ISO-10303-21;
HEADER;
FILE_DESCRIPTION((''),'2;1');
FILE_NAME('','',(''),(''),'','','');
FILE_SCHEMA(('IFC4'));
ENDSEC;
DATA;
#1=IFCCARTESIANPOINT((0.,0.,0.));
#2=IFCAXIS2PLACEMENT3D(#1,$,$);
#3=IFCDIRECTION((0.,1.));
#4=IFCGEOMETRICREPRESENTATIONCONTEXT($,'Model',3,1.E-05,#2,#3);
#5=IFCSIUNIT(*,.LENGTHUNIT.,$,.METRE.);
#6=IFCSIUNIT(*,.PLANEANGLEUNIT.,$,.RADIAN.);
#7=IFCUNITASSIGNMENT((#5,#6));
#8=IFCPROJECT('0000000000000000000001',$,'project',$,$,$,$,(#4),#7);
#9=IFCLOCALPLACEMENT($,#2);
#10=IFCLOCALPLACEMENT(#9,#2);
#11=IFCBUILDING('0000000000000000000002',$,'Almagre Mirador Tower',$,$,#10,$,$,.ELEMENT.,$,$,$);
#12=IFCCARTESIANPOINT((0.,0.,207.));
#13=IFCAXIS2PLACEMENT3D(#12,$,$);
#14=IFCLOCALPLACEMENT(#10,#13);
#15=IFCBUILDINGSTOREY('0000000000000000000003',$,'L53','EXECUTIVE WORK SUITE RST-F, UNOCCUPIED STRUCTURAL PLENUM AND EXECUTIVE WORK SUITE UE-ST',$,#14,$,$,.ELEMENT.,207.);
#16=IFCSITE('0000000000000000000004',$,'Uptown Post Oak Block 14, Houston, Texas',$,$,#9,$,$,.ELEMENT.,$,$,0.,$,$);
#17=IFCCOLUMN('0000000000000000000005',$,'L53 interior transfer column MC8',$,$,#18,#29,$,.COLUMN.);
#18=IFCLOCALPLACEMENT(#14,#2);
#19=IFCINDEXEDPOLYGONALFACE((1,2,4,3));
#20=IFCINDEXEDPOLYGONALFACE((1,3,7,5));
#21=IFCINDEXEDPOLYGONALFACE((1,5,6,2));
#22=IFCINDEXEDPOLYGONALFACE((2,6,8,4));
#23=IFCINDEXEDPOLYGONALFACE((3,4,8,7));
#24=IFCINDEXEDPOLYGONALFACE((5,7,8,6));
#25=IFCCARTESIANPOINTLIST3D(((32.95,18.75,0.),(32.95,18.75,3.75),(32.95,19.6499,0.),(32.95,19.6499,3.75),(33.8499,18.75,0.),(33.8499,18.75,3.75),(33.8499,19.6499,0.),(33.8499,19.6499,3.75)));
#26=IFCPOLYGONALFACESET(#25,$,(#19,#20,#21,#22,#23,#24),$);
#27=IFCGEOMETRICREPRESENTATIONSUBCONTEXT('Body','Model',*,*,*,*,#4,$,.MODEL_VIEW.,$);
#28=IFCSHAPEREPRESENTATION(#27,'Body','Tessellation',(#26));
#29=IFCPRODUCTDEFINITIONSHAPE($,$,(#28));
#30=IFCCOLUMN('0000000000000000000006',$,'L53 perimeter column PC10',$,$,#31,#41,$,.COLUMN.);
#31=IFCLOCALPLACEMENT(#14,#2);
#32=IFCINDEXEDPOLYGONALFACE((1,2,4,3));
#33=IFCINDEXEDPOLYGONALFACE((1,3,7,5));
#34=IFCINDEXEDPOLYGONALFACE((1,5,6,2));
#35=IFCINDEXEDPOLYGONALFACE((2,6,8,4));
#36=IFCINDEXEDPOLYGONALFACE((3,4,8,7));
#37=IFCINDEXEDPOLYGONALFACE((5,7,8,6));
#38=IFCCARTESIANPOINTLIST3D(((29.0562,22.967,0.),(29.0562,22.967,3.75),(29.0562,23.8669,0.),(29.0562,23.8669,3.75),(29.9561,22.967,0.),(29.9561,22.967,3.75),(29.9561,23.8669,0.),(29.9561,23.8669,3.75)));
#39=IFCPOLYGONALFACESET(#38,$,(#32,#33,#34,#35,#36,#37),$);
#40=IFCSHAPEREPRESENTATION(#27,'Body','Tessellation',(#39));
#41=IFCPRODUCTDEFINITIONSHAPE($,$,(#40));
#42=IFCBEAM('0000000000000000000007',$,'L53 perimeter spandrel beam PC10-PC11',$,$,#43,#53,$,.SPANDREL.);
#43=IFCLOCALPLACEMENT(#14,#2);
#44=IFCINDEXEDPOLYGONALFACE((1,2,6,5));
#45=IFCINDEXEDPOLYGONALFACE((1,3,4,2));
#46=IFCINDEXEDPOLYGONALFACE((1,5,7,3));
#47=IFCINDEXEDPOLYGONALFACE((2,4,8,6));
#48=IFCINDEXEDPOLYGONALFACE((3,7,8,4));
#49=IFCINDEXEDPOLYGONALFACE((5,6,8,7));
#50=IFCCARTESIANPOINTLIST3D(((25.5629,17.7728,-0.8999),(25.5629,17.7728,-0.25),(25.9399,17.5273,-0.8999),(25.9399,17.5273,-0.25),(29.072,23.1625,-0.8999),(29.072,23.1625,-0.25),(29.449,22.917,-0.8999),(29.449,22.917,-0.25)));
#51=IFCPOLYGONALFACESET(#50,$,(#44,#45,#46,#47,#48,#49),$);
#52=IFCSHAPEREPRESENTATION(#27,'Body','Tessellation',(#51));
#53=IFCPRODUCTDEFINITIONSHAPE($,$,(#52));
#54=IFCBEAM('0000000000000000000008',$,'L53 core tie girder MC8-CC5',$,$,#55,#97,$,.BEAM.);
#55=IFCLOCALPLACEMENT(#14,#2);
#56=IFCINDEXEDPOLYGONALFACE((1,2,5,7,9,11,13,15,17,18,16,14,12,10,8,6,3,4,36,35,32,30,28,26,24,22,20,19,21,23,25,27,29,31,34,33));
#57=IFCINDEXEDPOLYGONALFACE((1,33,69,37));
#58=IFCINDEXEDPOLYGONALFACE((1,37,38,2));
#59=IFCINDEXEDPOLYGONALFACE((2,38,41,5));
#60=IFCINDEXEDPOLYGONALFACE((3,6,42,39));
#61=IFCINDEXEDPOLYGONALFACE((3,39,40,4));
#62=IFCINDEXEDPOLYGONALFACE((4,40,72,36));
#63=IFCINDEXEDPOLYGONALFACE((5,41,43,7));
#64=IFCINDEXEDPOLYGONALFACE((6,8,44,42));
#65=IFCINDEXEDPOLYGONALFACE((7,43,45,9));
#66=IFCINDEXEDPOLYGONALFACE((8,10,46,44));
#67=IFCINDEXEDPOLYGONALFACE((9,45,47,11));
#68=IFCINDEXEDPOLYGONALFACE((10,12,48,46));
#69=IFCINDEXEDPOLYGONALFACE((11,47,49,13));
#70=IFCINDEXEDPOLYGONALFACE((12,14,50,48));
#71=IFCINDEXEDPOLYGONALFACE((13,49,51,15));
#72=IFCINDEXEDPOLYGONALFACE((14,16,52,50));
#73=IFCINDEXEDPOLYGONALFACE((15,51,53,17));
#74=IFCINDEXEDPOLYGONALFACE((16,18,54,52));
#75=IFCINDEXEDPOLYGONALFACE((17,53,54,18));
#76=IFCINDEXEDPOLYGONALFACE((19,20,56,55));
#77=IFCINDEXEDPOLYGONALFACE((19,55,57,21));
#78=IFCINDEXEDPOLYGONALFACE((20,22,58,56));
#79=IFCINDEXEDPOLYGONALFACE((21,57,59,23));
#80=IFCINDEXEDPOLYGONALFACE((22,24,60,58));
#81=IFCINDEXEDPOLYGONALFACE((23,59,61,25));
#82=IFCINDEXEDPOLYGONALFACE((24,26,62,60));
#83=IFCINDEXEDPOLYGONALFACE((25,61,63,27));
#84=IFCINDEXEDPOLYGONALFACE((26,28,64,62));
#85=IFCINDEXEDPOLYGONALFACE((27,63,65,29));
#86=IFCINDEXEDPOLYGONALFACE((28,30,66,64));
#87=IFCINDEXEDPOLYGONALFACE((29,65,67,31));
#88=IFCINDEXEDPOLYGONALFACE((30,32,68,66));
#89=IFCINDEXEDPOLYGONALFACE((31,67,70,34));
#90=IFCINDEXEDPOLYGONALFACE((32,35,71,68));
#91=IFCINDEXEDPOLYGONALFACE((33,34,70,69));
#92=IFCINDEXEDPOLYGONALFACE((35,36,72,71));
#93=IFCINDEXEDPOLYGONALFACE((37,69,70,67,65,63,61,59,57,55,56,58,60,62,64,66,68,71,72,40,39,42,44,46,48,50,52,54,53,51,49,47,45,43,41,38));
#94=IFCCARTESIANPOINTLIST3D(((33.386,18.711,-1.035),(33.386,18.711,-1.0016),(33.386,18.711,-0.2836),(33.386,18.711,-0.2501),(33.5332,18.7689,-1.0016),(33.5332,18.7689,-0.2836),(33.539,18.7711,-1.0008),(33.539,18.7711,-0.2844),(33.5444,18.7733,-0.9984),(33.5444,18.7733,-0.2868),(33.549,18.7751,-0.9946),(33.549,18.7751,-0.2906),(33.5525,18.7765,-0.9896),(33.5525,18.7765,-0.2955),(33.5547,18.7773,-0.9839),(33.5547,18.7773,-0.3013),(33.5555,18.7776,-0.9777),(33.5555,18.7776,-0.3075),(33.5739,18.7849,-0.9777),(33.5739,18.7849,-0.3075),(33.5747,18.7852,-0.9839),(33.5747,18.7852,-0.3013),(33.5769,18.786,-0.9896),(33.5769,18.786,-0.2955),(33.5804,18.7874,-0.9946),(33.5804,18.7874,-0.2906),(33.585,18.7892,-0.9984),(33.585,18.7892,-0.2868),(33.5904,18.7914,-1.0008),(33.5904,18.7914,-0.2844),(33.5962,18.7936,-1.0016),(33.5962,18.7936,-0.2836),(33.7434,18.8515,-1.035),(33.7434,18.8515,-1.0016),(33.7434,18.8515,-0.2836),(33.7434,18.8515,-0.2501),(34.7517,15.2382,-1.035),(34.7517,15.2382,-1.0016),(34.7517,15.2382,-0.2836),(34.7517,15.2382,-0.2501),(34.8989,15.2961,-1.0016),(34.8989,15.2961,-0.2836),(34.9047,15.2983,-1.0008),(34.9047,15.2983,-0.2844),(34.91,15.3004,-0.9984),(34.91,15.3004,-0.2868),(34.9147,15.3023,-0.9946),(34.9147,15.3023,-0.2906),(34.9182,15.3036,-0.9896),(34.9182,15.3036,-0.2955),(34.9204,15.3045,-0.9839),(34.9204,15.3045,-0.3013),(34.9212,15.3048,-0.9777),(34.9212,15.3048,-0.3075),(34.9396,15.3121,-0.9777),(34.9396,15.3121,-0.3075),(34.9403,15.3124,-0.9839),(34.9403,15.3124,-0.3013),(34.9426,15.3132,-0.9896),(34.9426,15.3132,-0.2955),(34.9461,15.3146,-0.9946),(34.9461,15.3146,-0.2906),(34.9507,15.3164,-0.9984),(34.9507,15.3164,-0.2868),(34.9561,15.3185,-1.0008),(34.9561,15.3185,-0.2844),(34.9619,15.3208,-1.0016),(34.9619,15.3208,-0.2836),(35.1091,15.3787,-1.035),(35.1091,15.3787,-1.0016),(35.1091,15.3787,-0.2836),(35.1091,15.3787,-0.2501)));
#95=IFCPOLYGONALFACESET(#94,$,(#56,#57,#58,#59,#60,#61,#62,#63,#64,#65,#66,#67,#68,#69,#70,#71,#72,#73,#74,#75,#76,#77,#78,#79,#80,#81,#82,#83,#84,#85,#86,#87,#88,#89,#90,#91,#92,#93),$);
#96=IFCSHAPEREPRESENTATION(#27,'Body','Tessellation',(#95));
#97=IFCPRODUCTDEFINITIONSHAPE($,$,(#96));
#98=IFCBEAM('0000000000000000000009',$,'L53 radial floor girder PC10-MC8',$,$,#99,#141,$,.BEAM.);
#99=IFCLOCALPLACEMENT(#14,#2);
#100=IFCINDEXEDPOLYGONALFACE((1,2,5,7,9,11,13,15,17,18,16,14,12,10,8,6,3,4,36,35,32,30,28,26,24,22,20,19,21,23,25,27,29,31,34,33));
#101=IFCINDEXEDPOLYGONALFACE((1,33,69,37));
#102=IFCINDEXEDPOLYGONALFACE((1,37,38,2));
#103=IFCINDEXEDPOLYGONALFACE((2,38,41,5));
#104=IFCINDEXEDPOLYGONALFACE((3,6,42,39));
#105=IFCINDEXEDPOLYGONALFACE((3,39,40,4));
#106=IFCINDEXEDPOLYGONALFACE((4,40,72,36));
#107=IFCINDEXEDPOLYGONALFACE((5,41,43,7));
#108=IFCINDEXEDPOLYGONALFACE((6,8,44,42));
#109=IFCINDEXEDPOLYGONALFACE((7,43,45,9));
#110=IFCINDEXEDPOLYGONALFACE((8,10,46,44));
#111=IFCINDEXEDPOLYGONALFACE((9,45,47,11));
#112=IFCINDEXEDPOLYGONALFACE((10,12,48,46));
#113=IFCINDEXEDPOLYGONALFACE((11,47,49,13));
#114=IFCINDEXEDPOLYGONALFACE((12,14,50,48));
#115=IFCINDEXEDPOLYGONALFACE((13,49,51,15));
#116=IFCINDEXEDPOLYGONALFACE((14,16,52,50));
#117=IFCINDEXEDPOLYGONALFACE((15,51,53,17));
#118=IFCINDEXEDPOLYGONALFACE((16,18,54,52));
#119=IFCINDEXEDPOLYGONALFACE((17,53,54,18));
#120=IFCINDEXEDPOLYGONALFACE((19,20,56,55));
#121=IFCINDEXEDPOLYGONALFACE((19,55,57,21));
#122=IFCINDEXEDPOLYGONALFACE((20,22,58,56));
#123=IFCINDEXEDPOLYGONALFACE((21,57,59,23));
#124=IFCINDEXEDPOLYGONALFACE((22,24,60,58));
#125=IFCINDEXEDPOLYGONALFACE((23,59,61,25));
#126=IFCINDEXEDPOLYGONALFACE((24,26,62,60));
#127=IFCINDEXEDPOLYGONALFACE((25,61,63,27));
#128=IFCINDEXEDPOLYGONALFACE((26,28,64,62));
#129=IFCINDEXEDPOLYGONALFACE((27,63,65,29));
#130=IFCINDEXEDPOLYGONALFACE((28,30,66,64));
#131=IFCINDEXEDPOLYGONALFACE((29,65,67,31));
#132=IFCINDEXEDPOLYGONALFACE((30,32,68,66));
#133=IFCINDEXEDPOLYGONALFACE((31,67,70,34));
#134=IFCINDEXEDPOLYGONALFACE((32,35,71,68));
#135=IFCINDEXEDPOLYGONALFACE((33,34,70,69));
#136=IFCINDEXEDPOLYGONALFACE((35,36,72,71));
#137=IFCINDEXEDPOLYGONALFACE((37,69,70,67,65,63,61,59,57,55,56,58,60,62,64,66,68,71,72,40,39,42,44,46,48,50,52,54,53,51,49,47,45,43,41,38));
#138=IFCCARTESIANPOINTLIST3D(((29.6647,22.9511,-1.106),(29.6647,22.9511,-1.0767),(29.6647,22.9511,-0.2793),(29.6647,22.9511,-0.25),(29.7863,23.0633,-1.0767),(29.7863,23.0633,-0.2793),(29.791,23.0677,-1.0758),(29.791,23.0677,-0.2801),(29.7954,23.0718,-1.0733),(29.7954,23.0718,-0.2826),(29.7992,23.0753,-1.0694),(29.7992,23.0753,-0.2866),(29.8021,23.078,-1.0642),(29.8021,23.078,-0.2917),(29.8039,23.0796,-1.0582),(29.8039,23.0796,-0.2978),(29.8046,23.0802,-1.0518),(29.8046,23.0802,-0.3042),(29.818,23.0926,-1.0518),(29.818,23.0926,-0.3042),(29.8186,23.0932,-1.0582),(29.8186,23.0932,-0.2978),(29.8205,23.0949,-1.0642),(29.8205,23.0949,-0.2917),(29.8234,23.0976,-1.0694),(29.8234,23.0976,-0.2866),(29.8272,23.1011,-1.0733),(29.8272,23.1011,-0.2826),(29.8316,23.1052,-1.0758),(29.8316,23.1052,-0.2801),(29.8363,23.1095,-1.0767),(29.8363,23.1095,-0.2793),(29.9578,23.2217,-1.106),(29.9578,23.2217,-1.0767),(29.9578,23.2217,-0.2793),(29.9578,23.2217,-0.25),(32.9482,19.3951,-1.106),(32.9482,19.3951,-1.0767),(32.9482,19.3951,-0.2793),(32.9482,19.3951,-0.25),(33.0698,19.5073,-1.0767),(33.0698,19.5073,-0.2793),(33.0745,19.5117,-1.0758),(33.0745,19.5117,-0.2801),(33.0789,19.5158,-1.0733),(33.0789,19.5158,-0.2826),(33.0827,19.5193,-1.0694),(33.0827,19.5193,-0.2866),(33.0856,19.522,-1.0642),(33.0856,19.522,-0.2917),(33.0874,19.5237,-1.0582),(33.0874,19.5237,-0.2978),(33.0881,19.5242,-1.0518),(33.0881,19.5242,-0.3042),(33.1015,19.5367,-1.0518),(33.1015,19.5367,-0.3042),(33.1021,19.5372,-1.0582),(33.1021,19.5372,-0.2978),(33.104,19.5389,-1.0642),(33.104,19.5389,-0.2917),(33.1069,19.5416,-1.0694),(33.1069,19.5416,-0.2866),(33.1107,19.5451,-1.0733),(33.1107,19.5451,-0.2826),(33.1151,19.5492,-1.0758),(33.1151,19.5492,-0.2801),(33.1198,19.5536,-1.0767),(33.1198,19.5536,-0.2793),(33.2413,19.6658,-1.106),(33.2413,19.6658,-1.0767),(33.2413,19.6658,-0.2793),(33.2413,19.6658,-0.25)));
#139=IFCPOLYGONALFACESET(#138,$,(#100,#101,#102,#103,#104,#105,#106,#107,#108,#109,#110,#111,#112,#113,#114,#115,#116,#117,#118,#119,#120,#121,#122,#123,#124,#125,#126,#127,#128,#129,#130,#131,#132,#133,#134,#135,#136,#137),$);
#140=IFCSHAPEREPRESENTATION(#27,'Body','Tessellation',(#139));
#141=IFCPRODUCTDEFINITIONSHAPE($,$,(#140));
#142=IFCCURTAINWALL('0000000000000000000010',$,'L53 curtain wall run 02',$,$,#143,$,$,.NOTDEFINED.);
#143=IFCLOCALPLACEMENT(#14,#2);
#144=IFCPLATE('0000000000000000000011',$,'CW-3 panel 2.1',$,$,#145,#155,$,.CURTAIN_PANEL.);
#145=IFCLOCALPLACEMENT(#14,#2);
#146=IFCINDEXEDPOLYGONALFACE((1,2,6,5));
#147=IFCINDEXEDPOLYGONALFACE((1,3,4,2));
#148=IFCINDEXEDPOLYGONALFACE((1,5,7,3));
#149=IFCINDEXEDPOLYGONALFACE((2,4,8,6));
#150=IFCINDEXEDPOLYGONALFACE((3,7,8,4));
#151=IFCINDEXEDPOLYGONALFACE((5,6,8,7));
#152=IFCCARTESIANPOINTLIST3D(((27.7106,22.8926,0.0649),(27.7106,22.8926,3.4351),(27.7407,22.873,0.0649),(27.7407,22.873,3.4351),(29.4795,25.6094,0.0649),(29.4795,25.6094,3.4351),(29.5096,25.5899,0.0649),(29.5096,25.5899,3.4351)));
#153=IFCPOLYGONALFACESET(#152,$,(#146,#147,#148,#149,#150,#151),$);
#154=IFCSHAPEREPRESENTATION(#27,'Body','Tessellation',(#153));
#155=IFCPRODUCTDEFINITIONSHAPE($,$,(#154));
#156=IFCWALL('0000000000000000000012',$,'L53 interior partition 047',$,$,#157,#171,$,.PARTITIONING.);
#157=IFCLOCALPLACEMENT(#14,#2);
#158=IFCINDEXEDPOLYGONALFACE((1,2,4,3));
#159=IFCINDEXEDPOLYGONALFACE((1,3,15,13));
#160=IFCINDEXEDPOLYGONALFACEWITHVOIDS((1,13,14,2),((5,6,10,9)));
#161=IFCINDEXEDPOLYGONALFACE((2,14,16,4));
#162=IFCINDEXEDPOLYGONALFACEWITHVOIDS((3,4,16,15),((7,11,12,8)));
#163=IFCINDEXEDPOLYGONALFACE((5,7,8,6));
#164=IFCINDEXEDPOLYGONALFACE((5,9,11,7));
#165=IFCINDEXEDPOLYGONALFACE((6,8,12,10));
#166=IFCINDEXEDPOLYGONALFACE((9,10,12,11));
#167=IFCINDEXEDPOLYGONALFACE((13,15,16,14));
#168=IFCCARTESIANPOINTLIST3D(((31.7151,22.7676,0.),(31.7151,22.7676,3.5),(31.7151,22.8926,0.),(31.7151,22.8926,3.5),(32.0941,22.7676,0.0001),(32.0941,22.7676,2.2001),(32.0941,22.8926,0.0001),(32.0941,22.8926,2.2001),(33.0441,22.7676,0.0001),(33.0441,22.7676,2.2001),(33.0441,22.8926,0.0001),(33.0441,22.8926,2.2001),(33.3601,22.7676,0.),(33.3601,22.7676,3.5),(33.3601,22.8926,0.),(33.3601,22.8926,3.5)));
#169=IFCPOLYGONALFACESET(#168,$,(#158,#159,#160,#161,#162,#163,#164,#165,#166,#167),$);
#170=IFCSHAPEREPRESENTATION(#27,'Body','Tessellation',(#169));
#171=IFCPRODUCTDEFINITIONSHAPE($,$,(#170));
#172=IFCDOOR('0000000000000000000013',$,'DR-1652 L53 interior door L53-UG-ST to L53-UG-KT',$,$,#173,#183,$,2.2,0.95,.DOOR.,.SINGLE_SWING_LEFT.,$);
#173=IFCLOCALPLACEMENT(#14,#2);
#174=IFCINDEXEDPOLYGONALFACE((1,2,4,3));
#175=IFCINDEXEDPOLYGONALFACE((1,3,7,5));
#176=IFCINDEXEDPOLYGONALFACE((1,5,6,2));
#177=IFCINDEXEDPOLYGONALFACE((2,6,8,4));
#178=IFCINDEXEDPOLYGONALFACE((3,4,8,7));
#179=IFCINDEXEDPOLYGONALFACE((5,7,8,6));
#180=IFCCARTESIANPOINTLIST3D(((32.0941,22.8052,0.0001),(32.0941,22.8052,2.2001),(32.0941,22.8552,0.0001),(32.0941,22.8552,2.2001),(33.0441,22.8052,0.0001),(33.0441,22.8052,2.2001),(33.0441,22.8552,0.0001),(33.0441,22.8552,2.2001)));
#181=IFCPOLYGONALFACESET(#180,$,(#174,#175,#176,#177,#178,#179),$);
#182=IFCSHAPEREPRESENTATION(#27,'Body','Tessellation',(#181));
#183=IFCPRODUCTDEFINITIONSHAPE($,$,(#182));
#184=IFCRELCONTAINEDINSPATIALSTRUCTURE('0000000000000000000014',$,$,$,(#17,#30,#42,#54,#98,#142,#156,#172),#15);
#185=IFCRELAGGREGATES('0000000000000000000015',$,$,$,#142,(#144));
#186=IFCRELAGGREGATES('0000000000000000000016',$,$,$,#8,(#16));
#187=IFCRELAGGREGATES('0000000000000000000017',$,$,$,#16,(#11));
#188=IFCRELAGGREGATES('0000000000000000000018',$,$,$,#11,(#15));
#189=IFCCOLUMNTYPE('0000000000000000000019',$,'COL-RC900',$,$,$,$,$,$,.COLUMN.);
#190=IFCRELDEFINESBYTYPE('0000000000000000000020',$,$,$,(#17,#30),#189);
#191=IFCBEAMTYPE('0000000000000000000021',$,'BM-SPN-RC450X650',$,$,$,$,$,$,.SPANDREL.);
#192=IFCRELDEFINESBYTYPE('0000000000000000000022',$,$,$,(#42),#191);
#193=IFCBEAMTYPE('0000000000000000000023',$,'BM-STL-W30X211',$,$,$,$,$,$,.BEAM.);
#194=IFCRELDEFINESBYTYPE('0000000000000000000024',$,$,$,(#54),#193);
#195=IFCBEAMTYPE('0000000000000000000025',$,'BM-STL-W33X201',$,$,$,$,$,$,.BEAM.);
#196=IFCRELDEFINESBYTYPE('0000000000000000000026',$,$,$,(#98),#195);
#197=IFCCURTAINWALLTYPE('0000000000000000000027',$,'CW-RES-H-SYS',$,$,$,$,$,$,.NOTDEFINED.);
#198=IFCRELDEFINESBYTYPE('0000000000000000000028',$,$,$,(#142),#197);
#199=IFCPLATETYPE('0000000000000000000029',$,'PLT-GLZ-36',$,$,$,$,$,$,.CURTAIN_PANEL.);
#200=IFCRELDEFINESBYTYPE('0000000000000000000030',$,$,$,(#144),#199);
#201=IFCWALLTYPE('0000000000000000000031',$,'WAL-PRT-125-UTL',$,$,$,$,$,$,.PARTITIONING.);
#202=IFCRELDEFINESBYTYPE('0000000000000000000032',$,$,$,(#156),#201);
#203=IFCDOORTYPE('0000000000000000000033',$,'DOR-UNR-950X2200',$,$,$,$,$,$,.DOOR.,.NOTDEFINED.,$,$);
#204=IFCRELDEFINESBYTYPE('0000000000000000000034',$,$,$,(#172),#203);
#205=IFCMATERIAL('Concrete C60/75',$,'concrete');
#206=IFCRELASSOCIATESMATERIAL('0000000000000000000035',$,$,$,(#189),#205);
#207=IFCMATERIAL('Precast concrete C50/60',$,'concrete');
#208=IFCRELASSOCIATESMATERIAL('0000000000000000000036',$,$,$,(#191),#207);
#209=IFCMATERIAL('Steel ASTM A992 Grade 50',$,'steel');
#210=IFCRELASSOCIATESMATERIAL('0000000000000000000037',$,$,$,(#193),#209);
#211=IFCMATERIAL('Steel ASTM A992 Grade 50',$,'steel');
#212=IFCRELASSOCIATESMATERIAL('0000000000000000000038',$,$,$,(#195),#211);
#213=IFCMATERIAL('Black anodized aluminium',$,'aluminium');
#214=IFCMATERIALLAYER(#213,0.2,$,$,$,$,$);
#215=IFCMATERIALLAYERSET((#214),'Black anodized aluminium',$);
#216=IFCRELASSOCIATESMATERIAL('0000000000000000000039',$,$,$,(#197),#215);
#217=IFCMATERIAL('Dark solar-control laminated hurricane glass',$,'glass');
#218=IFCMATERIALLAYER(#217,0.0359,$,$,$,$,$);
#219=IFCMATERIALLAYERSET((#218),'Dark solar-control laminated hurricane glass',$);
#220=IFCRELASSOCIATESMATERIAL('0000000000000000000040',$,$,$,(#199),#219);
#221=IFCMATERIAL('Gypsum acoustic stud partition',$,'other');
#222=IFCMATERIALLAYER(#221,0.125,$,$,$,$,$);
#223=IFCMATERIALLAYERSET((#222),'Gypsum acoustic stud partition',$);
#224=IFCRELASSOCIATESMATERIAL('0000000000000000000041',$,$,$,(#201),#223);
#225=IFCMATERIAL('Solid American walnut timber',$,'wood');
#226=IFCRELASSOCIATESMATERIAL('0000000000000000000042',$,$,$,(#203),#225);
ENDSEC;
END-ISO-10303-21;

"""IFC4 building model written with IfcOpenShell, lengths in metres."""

from ifc_helpers import new_model, si_unit, direction, frame, frame_2d, origin, origin_2d, place, context, subcontext, project, spatial, rectangle, i_section, extrude, material, layer, layer_set, material_profile, profile_set, type_object, element, fill, aggregate, save


model = new_model("IFC4")

# Units and contexts
model_context = context("Model", 3, precision=1e-05, world=origin(), true_north=direction((0.0, 1.0)))
body_context = subcontext(model_context, "Body", "Model", "MODEL_VIEW")
ifc_project = project(units=[si_unit("LENGTHUNIT", "METRE"), si_unit("PLANEANGLEUNIT", "RADIAN")], contexts=[model_context])

# Site, building, storey
site_placement = place(None, origin())
site = spatial("IfcSite", under=ifc_project, at=site_placement, Name="Uptown Post Oak Block 14, Houston, Texas", CompositionType="ELEMENT", RefElevation=0.0)
building_placement = place(site_placement, origin())
building = spatial("IfcBuilding", under=site, at=building_placement, Name="Almagre Mirador Tower", CompositionType="ELEMENT")
storey_placement = place(building_placement, frame((0.0, 0.0, 207.0)))
storey = spatial("IfcBuildingStorey", under=building, at=storey_placement, Name="L53", Description="EXECUTIVE WORK SUITE RST-F, UNOCCUPIED STRUCTURAL PLENUM AND EXECUTIVE WORK SUITE UE-ST", CompositionType="ELEMENT", Elevation=207.0)

# Columns
ifc_material_1 = material(Name="Concrete C60/75", Category="concrete")
ifc_material_profile_1 = material_profile(ifc_material_1, rectangle(XDim=0.8999, YDim=0.8999, at=origin_2d()), Name="RC900X900")
ifc_profile_set_1 = profile_set([ifc_material_profile_1], Name="Concrete C60/75")
column_type = type_object("IfcColumnType", Name="COL-RC900", PredefinedType="COLUMN", material=ifc_profile_set_1)
for number, where, z_axis, x_axis, name in (
    (1, (33.3999, 19.2, 0.0), (0.0, 0.0, 1.0), (1.0, 0.0, 0.0), "L53 interior transfer column MC8"),
    (2, (29.5061, 23.417, 0.0), (0.0, 0.0, 1.0), (1.0, 0.0, 0.0), "L53 perimeter column PC10"),
):
    element("IfcColumn", number, at=place(storey_placement, frame(where, z_axis=z_axis, x_axis=x_axis)), inside=storey, type_object=column_type, Name=name, PredefinedType="COLUMN", context=body_context, shape_type="SweptSolid", body=[
        extrude(rectangle(XDim=0.8999, YDim=0.8999, at=origin_2d()), origin(), (0.0, 0.0, 1.0), 3.75),
    ])

# Beams
ifc_material_2 = material(Name="Precast concrete C50/60", Category="concrete")
ifc_material_profile_2 = material_profile(ifc_material_2, rectangle(XDim=0.45, YDim=0.6499, at=origin_2d()), Name="RC450X650")
ifc_profile_set_2 = profile_set([ifc_material_profile_2], Name="Precast concrete C50/60")
beam_type_1 = type_object("IfcBeamType", Name="BM-SPN-RC450X650", PredefinedType="SPANDREL", material=ifc_profile_set_2)
beam_1_placement = place(storey_placement, frame((29.2605, 23.0398, -0.575), z_axis=(-0.545618, -0.838034, 0.0), x_axis=(0.838034, -0.545618, 0.0)))
element("IfcBeam", 3, at=beam_1_placement, inside=storey, type_object=beam_type_1, Name="L53 perimeter spandrel beam PC10-PC11", PredefinedType="SPANDREL", context=body_context, shape_type="SweptSolid", body=[
    extrude(rectangle(XDim=0.45, YDim=0.6499, at=origin_2d()), origin(), (0.0, 0.0, 1.0), 6.4314),
])
ifc_material_3 = material(Name="Steel ASTM A992 Grade 50", Category="steel")
ifc_material_profile_3 = material_profile(ifc_material_3, i_section(OverallWidth=0.384, OverallDepth=0.7849, WebThickness=0.0198, FlangeThickness=0.0334, FilletRadius=0.0239, at=origin_2d()), Name="W30X211")
ifc_profile_set_3 = profile_set([ifc_material_profile_3], Name="Steel ASTM A992 Grade 50")
beam_type_2 = type_object("IfcBeamType", Name="BM-STL-W30X211", PredefinedType="BEAM", material=ifc_profile_set_3)
beam_2_placement = place(storey_placement, frame((33.5647, 18.7812, -0.6426), z_axis=(0.36597, -0.930627, 0.0), x_axis=(0.930627, 0.36597, 0.0)))
element("IfcBeam", 4, at=beam_2_placement, inside=storey, type_object=beam_type_2, Name="L53 core tie girder MC8-CC5", PredefinedType="BEAM", context=body_context, shape_type="SweptSolid", body=[
    extrude(i_section(OverallWidth=0.384, OverallDepth=0.7849, WebThickness=0.0198, FlangeThickness=0.0334, FilletRadius=0.0239, at=origin_2d()), origin(), (0.0, 0.0, 1.0), 3.7317),
])
ifc_material_4 = material(Name="Steel ASTM A992 Grade 50", Category="steel")
ifc_material_profile_4 = material_profile(ifc_material_4, i_section(OverallWidth=0.3989, OverallDepth=0.856, WebThickness=0.0183, FlangeThickness=0.0293, FilletRadius=0.0249, at=origin_2d()), Name="W33X201")
ifc_profile_set_4 = profile_set([ifc_material_profile_4], Name="Steel ASTM A992 Grade 50")
beam_type_3 = type_object("IfcBeamType", Name="BM-STL-W33X201", PredefinedType="BEAM", material=ifc_profile_set_4)
beam_3_placement = place(storey_placement, frame((29.8113, 23.0864, -0.678), z_axis=(0.6784, -0.734693, 0.0), x_axis=(0.734693, 0.6784, 0.0)))
element("IfcBeam", 5, at=beam_3_placement, inside=storey, type_object=beam_type_3, Name="L53 radial floor girder PC10-MC8", PredefinedType="BEAM", context=body_context, shape_type="SweptSolid", body=[
    extrude(i_section(OverallWidth=0.3989, OverallDepth=0.856, WebThickness=0.0183, FlangeThickness=0.0293, FilletRadius=0.0249, at=origin_2d()), origin(), (0.0, 0.0, 1.0), 4.8401),
])

# Curtain wall, plate
ifc_material_5 = material(Name="Black anodized aluminium", Category="aluminium")
ifc_layer_1 = layer(ifc_material_5, 0.2)
ifc_layer_set_1 = layer_set([ifc_layer_1], Name="Black anodized aluminium")
curtain_wall_type = type_object("IfcCurtainWallType", Name="CW-RES-H-SYS", PredefinedType="NOTDEFINED", material=ifc_layer_set_1)
curtain_wall_placement = place(storey_placement, origin())
curtain_wall = element("IfcCurtainWall", 6, at=curtain_wall_placement, inside=storey, type_object=curtain_wall_type, Name="L53 curtain wall run 02", PredefinedType="NOTDEFINED")
ifc_material_6 = material(Name="Dark solar-control laminated hurricane glass", Category="glass")
ifc_layer_2 = layer(ifc_material_6, 0.0359)
ifc_layer_set_2 = layer_set([ifc_layer_2], Name="Dark solar-control laminated hurricane glass")
plate_type = type_object("IfcPlateType", Name="PLT-GLZ-36", PredefinedType="CURTAIN_PANEL", material=ifc_layer_set_2)
plate_placement = place(storey_placement, frame((28.6101, 24.2412, 0.0649), z_axis=(0.0, 0.0, 1.0), x_axis=(0.545614, 0.838036, 0.0)))
plate = element("IfcPlate", 7, at=plate_placement, type_object=plate_type, Name="CW-3 panel 2.1", PredefinedType="CURTAIN_PANEL", context=body_context, shape_type="SweptSolid", body=[
    extrude(rectangle(XDim=3.2419, YDim=0.0359, at=origin_2d()), origin(), (0.0, 0.0, 1.0), 3.3701),
])
aggregate(curtain_wall, [plate])

# Wall, opening, door
ifc_material_7 = material(Name="Gypsum acoustic stud partition", Category="other")
ifc_layer_3 = layer(ifc_material_7, 0.125)
ifc_layer_set_3 = layer_set([ifc_layer_3], Name="Gypsum acoustic stud partition")
wall_type_1 = type_object("IfcWallType", Name="WAL-PRT-125-UTL", PredefinedType="PARTITIONING", material=ifc_layer_set_3)
wall_1_placement = place(storey_placement, frame((33.3601, 22.8301, 0.0), z_axis=(0.0, 0.0, 1.0), x_axis=(-1.0, 0.0, 0.0)))
wall_1 = element("IfcWall", 8, at=wall_1_placement, inside=storey, type_object=wall_type_1, Name="L53 interior partition 047", PredefinedType="PARTITIONING", context=body_context, shape_type="SweptSolid", body=[
    extrude(rectangle(XDim=1.645, YDim=0.125, at=frame_2d((0.8225, 0.0))), origin(), (0.0, 0.0, 1.0), 3.5),
])
opening_1_placement = place(wall_1_placement, frame((0.3159, 0.0, 0.0)))
opening_1 = element("IfcOpeningElement", 9, at=opening_1_placement, cuts=wall_1, PredefinedType="OPENING", context=body_context, shape_type="SweptSolid", body=[
    extrude(rectangle(XDim=0.95, YDim=2.2, at=frame_2d((0.4751, 1.1001))), frame((0.0, 0.0725, 0.0), z_axis=(0.0, -1.0, 0.0), x_axis=(1.0, 0.0, 0.0)), (0.0, 0.0, 1.0), 0.145),
])
ifc_material_8 = material(Name="Solid American walnut timber", Category="wood")
door_type_1 = type_object("IfcDoorType", Name="DOR-UNR-950X2200", OperationType="NOTDEFINED", PredefinedType="DOOR", material=ifc_material_8)
door_1_placement = place(opening_1_placement, origin())
door_1 = element("IfcDoor", 10, at=door_1_placement, inside=storey, type_object=door_type_1, Name="DR-1652 L53 interior door L53-UG-ST to L53-UG-KT", OperationType="SINGLE_SWING_LEFT", OverallHeight=2.2, OverallWidth=0.95, PredefinedType="DOOR", context=body_context, shape_type="SweptSolid", body=[
    extrude(rectangle(XDim=0.95, YDim=2.2, at=frame_2d((0.4751, 1.1001))), frame((0.0, 0.0249, 0.0), z_axis=(0.0, -1.0, 0.0), x_axis=(1.0, 0.0, 0.0)), (0.0, 0.0, 1.0), 0.05),
])
fill(opening_1, door_1)

save(model, "model.ifc")
